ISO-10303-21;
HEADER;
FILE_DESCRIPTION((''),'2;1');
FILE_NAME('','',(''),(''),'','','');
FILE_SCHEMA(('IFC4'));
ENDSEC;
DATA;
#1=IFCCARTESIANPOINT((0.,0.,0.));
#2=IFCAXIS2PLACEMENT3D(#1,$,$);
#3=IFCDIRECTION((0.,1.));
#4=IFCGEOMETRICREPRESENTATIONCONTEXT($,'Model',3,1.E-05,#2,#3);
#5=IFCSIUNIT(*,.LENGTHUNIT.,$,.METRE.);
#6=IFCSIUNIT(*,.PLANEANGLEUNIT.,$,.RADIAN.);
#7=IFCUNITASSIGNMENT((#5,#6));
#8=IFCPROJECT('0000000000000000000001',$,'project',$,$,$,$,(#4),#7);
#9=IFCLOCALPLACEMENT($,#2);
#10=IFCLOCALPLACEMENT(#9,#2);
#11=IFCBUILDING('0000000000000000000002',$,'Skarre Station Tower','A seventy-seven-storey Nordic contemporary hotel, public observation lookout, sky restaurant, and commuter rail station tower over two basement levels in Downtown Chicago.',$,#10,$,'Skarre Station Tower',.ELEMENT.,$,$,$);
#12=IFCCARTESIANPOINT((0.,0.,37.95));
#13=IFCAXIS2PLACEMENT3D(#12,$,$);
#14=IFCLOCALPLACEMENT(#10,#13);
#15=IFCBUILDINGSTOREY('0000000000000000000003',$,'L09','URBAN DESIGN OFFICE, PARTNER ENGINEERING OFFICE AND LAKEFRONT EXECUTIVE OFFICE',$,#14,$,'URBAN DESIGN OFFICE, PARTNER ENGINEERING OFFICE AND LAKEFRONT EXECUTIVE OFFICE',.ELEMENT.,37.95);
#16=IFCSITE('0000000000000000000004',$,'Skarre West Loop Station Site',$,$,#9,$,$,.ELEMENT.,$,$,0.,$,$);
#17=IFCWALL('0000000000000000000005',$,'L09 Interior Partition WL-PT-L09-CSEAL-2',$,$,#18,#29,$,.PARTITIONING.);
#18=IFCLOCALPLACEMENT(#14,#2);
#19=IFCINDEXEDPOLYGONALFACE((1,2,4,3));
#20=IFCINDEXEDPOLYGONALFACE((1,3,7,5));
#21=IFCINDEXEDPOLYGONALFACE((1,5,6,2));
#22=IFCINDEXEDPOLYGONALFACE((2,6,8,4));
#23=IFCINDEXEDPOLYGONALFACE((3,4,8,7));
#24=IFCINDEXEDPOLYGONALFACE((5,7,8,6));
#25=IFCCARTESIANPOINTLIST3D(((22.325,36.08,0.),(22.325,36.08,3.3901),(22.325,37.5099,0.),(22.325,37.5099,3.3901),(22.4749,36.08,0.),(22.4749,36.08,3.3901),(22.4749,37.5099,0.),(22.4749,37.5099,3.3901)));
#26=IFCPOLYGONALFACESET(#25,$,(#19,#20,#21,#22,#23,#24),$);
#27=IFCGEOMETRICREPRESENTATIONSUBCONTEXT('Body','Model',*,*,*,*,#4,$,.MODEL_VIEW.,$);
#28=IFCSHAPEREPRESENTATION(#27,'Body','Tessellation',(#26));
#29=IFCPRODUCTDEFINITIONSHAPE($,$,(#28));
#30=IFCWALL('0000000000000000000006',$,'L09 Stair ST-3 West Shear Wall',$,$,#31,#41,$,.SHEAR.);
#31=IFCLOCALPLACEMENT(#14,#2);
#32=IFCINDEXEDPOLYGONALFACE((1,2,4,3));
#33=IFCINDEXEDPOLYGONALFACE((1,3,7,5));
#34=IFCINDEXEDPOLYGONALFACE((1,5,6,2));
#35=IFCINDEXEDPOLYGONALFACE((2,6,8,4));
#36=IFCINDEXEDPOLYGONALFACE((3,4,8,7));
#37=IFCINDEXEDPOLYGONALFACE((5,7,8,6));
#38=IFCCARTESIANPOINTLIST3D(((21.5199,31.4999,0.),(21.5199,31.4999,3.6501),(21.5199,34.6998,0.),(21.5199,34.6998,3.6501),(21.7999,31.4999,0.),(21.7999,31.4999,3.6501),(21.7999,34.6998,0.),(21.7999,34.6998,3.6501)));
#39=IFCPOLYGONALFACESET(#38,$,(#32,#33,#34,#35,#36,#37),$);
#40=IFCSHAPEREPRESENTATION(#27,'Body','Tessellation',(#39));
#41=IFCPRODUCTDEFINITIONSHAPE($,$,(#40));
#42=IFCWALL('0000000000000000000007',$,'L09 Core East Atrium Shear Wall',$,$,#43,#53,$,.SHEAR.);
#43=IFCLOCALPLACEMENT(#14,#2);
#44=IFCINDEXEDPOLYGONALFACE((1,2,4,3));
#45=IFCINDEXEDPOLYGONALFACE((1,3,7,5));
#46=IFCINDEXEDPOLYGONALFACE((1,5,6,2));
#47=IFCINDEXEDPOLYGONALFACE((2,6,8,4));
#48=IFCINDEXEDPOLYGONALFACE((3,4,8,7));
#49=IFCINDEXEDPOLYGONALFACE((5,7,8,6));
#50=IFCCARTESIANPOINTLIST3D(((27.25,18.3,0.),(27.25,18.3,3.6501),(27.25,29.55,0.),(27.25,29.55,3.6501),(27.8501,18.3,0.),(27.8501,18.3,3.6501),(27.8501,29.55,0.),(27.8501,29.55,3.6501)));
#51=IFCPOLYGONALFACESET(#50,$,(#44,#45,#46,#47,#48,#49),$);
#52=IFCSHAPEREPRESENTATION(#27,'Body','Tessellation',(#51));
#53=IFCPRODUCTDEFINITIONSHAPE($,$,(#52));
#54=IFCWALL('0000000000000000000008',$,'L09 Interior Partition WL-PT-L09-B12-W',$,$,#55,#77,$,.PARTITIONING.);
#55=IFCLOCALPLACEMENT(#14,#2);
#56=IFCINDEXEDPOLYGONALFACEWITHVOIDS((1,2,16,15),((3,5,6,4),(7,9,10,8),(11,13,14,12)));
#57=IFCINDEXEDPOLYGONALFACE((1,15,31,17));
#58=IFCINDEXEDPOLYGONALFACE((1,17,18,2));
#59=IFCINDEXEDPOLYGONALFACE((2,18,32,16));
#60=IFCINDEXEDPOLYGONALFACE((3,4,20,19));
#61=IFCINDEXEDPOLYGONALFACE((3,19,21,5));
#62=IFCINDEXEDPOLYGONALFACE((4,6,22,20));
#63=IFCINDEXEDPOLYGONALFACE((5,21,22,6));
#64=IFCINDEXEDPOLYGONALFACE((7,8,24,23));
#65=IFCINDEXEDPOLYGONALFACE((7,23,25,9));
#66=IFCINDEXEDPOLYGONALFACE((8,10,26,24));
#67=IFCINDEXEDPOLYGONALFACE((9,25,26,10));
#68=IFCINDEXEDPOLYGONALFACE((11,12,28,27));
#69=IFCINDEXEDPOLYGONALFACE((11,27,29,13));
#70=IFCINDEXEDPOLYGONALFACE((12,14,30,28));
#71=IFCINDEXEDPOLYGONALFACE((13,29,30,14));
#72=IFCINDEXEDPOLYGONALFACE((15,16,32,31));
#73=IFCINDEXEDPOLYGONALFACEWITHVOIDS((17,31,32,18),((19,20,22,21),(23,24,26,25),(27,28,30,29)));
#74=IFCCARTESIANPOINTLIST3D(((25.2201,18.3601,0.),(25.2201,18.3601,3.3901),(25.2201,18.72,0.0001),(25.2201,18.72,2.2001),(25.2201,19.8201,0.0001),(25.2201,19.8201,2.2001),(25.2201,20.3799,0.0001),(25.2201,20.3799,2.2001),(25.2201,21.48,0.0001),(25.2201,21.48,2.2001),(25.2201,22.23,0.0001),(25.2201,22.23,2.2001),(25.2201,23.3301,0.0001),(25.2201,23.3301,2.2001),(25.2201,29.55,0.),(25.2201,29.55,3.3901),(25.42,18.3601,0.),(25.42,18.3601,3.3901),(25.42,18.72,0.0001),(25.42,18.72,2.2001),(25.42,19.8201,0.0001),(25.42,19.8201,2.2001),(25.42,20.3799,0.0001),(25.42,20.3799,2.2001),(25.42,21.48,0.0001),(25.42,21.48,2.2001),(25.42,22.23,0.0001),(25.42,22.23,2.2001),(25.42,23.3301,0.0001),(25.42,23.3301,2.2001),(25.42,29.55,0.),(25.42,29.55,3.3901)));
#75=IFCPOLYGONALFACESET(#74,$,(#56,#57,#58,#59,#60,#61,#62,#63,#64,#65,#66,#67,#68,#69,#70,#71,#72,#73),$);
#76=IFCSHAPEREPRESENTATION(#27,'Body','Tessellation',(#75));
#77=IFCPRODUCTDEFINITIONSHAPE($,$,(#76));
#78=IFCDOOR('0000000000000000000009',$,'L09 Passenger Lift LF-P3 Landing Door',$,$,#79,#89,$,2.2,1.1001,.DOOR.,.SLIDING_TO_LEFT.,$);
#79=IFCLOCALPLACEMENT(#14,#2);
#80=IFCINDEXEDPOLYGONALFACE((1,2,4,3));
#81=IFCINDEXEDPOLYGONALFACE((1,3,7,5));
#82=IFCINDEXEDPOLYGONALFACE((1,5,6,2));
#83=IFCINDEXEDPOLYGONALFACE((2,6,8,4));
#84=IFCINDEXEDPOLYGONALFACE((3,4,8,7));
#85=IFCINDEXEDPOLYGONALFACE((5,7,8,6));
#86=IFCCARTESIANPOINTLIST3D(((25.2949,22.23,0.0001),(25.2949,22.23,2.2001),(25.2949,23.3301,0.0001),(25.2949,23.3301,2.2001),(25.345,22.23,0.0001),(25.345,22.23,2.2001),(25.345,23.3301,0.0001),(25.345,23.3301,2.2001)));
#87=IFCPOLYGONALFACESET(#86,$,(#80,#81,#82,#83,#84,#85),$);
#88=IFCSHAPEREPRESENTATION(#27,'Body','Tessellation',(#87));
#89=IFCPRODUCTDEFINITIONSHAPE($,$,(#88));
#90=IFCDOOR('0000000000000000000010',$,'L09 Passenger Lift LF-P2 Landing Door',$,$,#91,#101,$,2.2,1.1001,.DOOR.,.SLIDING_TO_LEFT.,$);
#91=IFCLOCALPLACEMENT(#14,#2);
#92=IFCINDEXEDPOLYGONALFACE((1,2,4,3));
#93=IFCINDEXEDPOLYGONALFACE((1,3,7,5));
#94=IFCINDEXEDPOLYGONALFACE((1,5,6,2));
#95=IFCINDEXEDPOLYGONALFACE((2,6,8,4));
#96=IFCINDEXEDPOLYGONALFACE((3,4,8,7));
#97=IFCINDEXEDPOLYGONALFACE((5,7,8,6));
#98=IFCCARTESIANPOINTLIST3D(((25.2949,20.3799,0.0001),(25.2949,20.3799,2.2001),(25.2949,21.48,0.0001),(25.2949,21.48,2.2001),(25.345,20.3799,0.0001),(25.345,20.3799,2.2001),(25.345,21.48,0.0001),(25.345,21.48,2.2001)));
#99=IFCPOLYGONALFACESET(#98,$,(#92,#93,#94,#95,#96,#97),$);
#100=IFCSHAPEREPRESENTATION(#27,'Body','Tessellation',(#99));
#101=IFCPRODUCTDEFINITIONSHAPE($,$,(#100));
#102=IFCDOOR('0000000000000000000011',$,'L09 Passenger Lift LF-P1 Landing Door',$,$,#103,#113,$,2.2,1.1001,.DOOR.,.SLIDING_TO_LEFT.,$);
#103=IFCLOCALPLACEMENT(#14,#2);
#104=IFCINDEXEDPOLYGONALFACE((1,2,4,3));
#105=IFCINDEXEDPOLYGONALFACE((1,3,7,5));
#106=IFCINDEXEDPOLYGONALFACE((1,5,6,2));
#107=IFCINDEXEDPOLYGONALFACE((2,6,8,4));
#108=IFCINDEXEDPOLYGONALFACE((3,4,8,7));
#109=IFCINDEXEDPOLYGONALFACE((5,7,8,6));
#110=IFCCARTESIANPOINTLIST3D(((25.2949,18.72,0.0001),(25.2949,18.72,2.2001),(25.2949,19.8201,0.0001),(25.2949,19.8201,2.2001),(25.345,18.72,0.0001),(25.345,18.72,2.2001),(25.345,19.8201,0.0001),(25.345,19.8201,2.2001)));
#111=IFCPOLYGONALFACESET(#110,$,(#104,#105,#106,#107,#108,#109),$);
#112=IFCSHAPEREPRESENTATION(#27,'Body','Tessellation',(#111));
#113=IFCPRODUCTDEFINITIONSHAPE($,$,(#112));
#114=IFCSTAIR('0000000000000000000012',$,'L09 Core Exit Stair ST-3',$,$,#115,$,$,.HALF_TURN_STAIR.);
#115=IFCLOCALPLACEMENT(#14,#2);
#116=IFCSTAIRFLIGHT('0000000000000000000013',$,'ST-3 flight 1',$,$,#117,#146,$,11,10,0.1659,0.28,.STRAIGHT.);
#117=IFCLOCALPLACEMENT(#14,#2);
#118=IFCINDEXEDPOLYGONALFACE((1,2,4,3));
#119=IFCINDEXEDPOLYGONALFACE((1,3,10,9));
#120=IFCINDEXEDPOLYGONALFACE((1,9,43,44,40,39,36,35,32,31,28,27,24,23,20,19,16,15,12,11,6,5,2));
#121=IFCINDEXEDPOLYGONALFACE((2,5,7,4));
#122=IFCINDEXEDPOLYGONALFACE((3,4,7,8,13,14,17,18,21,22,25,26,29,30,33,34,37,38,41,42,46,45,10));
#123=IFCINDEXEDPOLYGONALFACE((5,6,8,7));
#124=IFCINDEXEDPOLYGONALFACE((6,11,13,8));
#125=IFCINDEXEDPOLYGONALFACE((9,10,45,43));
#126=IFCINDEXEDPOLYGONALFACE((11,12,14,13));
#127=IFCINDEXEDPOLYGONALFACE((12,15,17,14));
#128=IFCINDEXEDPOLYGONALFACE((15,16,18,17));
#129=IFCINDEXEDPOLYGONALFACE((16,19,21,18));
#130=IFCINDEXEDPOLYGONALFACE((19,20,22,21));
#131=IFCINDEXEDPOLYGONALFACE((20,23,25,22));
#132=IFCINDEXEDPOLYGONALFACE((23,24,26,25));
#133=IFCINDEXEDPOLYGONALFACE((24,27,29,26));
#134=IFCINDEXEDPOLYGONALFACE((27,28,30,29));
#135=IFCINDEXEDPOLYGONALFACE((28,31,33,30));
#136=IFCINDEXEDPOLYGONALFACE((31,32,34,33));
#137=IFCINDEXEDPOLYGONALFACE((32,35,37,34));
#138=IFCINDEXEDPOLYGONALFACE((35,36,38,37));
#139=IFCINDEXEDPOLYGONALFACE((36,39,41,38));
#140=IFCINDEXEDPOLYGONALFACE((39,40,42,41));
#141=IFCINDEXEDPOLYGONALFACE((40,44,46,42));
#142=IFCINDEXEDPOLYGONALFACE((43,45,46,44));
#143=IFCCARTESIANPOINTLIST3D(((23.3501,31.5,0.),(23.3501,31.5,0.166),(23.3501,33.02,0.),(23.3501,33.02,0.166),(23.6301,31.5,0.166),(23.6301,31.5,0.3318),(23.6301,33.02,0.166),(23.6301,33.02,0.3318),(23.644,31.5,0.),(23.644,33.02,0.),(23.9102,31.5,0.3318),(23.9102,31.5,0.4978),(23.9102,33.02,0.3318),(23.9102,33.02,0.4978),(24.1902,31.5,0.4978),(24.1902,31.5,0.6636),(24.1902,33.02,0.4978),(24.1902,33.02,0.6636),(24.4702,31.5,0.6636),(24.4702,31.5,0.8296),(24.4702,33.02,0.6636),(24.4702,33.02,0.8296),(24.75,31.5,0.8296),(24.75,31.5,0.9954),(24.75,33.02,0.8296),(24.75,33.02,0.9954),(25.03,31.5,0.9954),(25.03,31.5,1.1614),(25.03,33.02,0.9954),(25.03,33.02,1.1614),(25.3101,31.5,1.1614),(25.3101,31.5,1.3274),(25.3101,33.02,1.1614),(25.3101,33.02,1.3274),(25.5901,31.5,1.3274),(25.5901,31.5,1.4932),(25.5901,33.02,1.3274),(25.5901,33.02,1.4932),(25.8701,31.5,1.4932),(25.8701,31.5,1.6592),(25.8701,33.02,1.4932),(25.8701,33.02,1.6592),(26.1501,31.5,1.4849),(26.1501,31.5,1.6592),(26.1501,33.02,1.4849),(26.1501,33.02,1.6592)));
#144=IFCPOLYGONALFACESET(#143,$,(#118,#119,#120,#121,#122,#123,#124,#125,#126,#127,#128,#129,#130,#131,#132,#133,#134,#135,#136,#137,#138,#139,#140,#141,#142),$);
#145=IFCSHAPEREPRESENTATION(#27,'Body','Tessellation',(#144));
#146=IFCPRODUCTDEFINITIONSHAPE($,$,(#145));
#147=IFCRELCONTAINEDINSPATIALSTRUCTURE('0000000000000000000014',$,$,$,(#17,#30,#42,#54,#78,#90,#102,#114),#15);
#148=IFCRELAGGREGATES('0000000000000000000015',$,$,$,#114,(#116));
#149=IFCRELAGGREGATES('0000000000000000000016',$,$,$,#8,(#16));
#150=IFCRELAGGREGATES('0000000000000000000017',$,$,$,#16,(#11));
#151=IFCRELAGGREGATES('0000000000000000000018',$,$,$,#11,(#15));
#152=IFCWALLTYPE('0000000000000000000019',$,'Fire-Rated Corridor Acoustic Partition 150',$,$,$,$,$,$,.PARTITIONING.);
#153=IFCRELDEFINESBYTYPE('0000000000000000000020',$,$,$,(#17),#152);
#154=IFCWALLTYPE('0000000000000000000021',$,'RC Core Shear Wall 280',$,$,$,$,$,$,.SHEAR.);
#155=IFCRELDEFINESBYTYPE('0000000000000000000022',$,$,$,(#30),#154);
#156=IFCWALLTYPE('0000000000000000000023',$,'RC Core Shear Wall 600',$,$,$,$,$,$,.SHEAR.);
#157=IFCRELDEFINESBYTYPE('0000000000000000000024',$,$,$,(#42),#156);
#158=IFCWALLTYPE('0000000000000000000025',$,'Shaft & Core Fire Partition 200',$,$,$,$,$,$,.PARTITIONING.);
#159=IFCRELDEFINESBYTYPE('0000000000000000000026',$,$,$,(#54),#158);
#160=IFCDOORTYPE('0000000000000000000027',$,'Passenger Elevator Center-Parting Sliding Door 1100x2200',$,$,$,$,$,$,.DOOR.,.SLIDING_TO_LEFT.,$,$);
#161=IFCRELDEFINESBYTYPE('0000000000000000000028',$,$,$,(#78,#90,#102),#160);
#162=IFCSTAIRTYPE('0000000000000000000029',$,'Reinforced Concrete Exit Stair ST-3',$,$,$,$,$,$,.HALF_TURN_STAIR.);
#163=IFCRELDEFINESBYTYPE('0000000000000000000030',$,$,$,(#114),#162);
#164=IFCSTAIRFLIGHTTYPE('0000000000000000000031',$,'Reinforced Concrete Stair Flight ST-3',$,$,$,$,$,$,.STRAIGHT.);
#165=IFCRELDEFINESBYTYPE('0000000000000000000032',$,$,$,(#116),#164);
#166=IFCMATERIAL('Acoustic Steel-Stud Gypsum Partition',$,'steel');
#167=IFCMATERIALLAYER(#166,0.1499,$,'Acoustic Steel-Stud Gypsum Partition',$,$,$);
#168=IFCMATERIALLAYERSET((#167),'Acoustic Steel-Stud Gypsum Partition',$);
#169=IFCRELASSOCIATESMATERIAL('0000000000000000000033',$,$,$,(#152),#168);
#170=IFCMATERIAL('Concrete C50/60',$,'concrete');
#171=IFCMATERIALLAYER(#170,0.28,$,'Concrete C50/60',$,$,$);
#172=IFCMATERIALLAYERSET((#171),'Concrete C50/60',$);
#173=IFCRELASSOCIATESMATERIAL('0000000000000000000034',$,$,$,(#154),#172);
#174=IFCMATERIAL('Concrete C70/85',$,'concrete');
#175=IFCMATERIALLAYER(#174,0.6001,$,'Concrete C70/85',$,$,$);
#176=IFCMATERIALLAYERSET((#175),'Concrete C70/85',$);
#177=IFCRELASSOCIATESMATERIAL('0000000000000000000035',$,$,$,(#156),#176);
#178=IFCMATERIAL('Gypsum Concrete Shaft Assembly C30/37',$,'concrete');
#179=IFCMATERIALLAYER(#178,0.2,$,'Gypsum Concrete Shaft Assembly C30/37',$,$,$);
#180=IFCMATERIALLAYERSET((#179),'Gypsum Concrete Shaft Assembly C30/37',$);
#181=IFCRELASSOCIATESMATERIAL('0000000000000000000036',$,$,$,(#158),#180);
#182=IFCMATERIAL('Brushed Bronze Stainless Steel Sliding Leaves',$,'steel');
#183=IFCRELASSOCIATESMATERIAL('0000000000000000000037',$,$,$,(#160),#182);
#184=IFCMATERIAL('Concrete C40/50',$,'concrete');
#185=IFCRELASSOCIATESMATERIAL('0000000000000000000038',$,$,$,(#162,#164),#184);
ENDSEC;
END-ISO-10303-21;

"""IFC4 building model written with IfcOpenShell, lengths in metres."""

from ifc_helpers import new_model, si_unit, direction, frame, frame_2d, origin, place, context, subcontext, project, spatial, polyline, rectangle, outline, extrude, material, layer, layer_set, type_object, element, fill, aggregate, save


model = new_model("IFC4")

# Units and contexts
model_context = context("Model", 3, precision=1e-05, world=origin(), true_north=direction((0.0, 1.0)))
body_context = subcontext(model_context, "Body", "Model", "MODEL_VIEW")
ifc_project = project(units=[si_unit("LENGTHUNIT", "METRE"), si_unit("PLANEANGLEUNIT", "RADIAN")], contexts=[model_context])

# Site, building, storey
site_placement = place(None, origin())
site = spatial("IfcSite", under=ifc_project, at=site_placement, Name="Skarre West Loop Station Site", CompositionType="ELEMENT", RefElevation=0.0)
building_placement = place(site_placement, origin())
building = spatial("IfcBuilding", under=site, at=building_placement, Name="Skarre Station Tower", Description="A seventy-seven-storey Nordic contemporary hotel, public observation lookout, sky restaurant, and commuter rail station tower over two basement levels in Downtown Chicago.", LongName="Skarre Station Tower", CompositionType="ELEMENT")
storey_placement = place(building_placement, frame((0.0, 0.0, 37.95)))
storey = spatial("IfcBuildingStorey", under=building, at=storey_placement, Name="L09", Description="URBAN DESIGN OFFICE, PARTNER ENGINEERING OFFICE AND LAKEFRONT EXECUTIVE OFFICE", LongName="URBAN DESIGN OFFICE, PARTNER ENGINEERING OFFICE AND LAKEFRONT EXECUTIVE OFFICE", CompositionType="ELEMENT", Elevation=37.95)

# Walls
ifc_material_1 = material(Name="Acoustic Steel-Stud Gypsum Partition", Category="steel")
ifc_layer_1 = layer(ifc_material_1, 0.1499, Name="Acoustic Steel-Stud Gypsum Partition")
ifc_layer_set_1 = layer_set([ifc_layer_1], Name="Acoustic Steel-Stud Gypsum Partition")
wall_type_1 = type_object("IfcWallType", Name="Fire-Rated Corridor Acoustic Partition 150", PredefinedType="PARTITIONING", material=ifc_layer_set_1)
wall_1_placement = place(storey_placement, frame((22.3999, 36.0801, 0.0), z_axis=(0.0, 0.0, 1.0), x_axis=(0.0, 1.0, 0.0)))
element("IfcWall", 1, at=wall_1_placement, inside=storey, type_object=wall_type_1, Name="L09 Interior Partition WL-PT-L09-CSEAL-2", PredefinedType="PARTITIONING", context=body_context, shape_type="SweptSolid", body=[
    extrude(rectangle(XDim=1.4299, YDim=0.1499, at=frame_2d((0.7148, 0.0))), origin(), (0.0, 0.0, 1.0), 3.3901),
])
ifc_material_2 = material(Name="Concrete C50/60", Category="concrete")
ifc_layer_2 = layer(ifc_material_2, 0.28, Name="Concrete C50/60")
ifc_layer_set_2 = layer_set([ifc_layer_2], Name="Concrete C50/60")
wall_type_2 = type_object("IfcWallType", Name="RC Core Shear Wall 280", PredefinedType="SHEAR", material=ifc_layer_set_2)
wall_2_placement = place(storey_placement, frame((21.6599, 34.7, 0.0), z_axis=(0.0, 0.0, 1.0), x_axis=(0.0, -1.0, 0.0)))
element("IfcWall", 2, at=wall_2_placement, inside=storey, type_object=wall_type_2, Name="L09 Stair ST-3 West Shear Wall", PredefinedType="SHEAR", context=body_context, shape_type="SweptSolid", body=[
    extrude(rectangle(XDim=3.2, YDim=0.28, at=frame_2d((1.6001, 0.0))), origin(), (0.0, 0.0, 1.0), 3.6501),
])
ifc_material_3 = material(Name="Concrete C70/85", Category="concrete")
ifc_layer_3 = layer(ifc_material_3, 0.6001, Name="Concrete C70/85")
ifc_layer_set_3 = layer_set([ifc_layer_3], Name="Concrete C70/85")
wall_type_3 = type_object("IfcWallType", Name="RC Core Shear Wall 600", PredefinedType="SHEAR", material=ifc_layer_set_3)
wall_3_placement = place(storey_placement, frame((27.55, 29.55, 0.0), z_axis=(0.0, 0.0, 1.0), x_axis=(0.0, -1.0, 0.0)))
element("IfcWall", 3, at=wall_3_placement, inside=storey, type_object=wall_type_3, Name="L09 Core East Atrium Shear Wall", PredefinedType="SHEAR", context=body_context, shape_type="SweptSolid", body=[
    extrude(rectangle(XDim=11.25, YDim=0.6001, at=frame_2d((5.625, 0.0))), origin(), (0.0, 0.0, 1.0), 3.6501),
])

# Wall, openings, doors
ifc_material_4 = material(Name="Gypsum Concrete Shaft Assembly C30/37", Category="concrete")
ifc_layer_4 = layer(ifc_material_4, 0.2, Name="Gypsum Concrete Shaft Assembly C30/37")
ifc_layer_set_4 = layer_set([ifc_layer_4], Name="Gypsum Concrete Shaft Assembly C30/37")
wall_type_4 = type_object("IfcWallType", Name="Shaft & Core Fire Partition 200", PredefinedType="PARTITIONING", material=ifc_layer_set_4)
wall_4_placement = place(storey_placement, frame((25.3201, 29.55, 0.0), z_axis=(0.0, 0.0, 1.0), x_axis=(0.0, -1.0, 0.0)))
wall_4 = element("IfcWall", 4, at=wall_4_placement, inside=storey, type_object=wall_type_4, Name="L09 Interior Partition WL-PT-L09-B12-W", PredefinedType="PARTITIONING", context=body_context, shape_type="SweptSolid", body=[
    extrude(rectangle(XDim=11.1899, YDim=0.2, at=frame_2d((5.595, 0.0))), origin(), (0.0, 0.0, 1.0), 3.3901),
])
opening_1_placement = place(wall_4_placement, frame((6.22, 0.0, 0.0)))
opening_1 = element("IfcOpeningElement", 5, at=opening_1_placement, cuts=wall_4, PredefinedType="OPENING", context=body_context, shape_type="SweptSolid", body=[
    extrude(rectangle(XDim=1.1001, YDim=2.2, at=frame_2d((0.55, 1.1001))), frame((0.0, 0.1099, 0.0), z_axis=(0.0, -1.0, 0.0), x_axis=(1.0, 0.0, 0.0)), (0.0, 0.0, 1.0), 0.22),
])
opening_2_placement = place(wall_4_placement, frame((8.0701, 0.0, 0.0)))
opening_2 = element("IfcOpeningElement", 6, at=opening_2_placement, cuts=wall_4, PredefinedType="OPENING", context=body_context, shape_type="SweptSolid", body=[
    extrude(rectangle(XDim=1.1001, YDim=2.2, at=frame_2d((0.55, 1.1001))), frame((0.0, 0.1099, 0.0), z_axis=(0.0, -1.0, 0.0), x_axis=(1.0, 0.0, 0.0)), (0.0, 0.0, 1.0), 0.22),
])
opening_3_placement = place(wall_4_placement, frame((9.73, 0.0, 0.0)))
opening_3 = element("IfcOpeningElement", 7, at=opening_3_placement, cuts=wall_4, PredefinedType="OPENING", context=body_context, shape_type="SweptSolid", body=[
    extrude(rectangle(XDim=1.1001, YDim=2.2, at=frame_2d((0.55, 1.1001))), frame((0.0, 0.1099, 0.0), z_axis=(0.0, -1.0, 0.0), x_axis=(1.0, 0.0, 0.0)), (0.0, 0.0, 1.0), 0.22),
])
ifc_material_5 = material(Name="Brushed Bronze Stainless Steel Sliding Leaves", Category="steel")
door_type = type_object("IfcDoorType", Name="Passenger Elevator Center-Parting Sliding Door 1100x2200", OperationType="SLIDING_TO_LEFT", PredefinedType="DOOR", material=ifc_material_5)
door_1_placement = place(opening_1_placement, origin())
door_1 = element("IfcDoor", 8, at=door_1_placement, inside=storey, type_object=door_type, Name="L09 Passenger Lift LF-P3 Landing Door", OperationType="SLIDING_TO_LEFT", OverallHeight=2.2, OverallWidth=1.1001, PredefinedType="DOOR", context=body_context, shape_type="SweptSolid", body=[
    extrude(rectangle(XDim=1.1001, YDim=2.2, at=frame_2d((0.55, 1.1001))), frame((0.0, 0.0249, 0.0), z_axis=(0.0, -1.0, 0.0), x_axis=(1.0, 0.0, 0.0)), (0.0, 0.0, 1.0), 0.05),
])
fill(opening_1, door_1)
door_2_placement = place(opening_2_placement, origin())
door_2 = element("IfcDoor", 9, at=door_2_placement, inside=storey, type_object=door_type, Name="L09 Passenger Lift LF-P2 Landing Door", OperationType="SLIDING_TO_LEFT", OverallHeight=2.2, OverallWidth=1.1001, PredefinedType="DOOR", context=body_context, shape_type="SweptSolid", body=[
    extrude(rectangle(XDim=1.1001, YDim=2.2, at=frame_2d((0.55, 1.1001))), frame((0.0, 0.0249, 0.0), z_axis=(0.0, -1.0, 0.0), x_axis=(1.0, 0.0, 0.0)), (0.0, 0.0, 1.0), 0.05),
])
fill(opening_2, door_2)
door_3_placement = place(opening_3_placement, origin())
door_3 = element("IfcDoor", 10, at=door_3_placement, inside=storey, type_object=door_type, Name="L09 Passenger Lift LF-P1 Landing Door", OperationType="SLIDING_TO_LEFT", OverallHeight=2.2, OverallWidth=1.1001, PredefinedType="DOOR", context=body_context, shape_type="SweptSolid", body=[
    extrude(rectangle(XDim=1.1001, YDim=2.2, at=frame_2d((0.55, 1.1001))), frame((0.0, 0.0249, 0.0), z_axis=(0.0, -1.0, 0.0), x_axis=(1.0, 0.0, 0.0)), (0.0, 0.0, 1.0), 0.05),
])
fill(opening_3, door_3)

# Stair, stair flight
ifc_material_6 = material(Name="Concrete C40/50", Category="concrete")
stair_type = type_object("IfcStairType", Name="Reinforced Concrete Exit Stair ST-3", PredefinedType="HALF_TURN_STAIR", material=ifc_material_6)
stair_placement = place(storey_placement, origin())
stair = element("IfcStair", 11, at=stair_placement, inside=storey, type_object=stair_type, Name="L09 Core Exit Stair ST-3", PredefinedType="HALF_TURN_STAIR")
stair_flight_type = type_object("IfcStairFlightType", Name="Reinforced Concrete Stair Flight ST-3", PredefinedType="STRAIGHT", material=ifc_material_6)
stair_flight_1_placement = place(storey_placement, frame((23.3501, 32.26, 0.0), z_axis=(0.0, 0.0, 1.0), x_axis=(1.0, 0.0, 0.0)))
stair_flight_1 = element("IfcStairFlight", 12, at=stair_flight_1_placement, type_object=stair_flight_type, Name="ST-3 flight 1", NumberOfRisers=11, NumberOfTreads=10, PredefinedType="STRAIGHT", RiserHeight=0.1659, TreadLength=0.28, context=body_context, shape_type="SweptSolid", body=[
    extrude(outline(polyline([(0.0, 0.0), (0.0, 0.166), (0.28, 0.166), (0.28, 0.3318), (0.5601, 0.3318), (0.5601, 0.4978), (0.8401, 0.4978), (0.8401, 0.6636), (1.1201, 0.6636), (1.1201, 0.8296), (1.3999, 0.8296), (1.3999, 0.9954), (1.6799, 0.9954), (1.6799, 1.1614), (1.96, 1.1614), (1.96, 1.3274), (2.24, 1.3274), (2.24, 1.4932), (2.52, 1.4932), (2.52, 1.6592), (2.8, 1.6592), (2.8, 1.825), (2.8, 1.4849), (0.2939, 0.0), (0.0, 0.0)])), frame((0.0, 0.76, 0.0), z_axis=(0.0, -1.0, 0.0), x_axis=(1.0, 0.0, 0.0)), (0.0, 0.0, 1.0), 1.52),
])
aggregate(stair, [stair_flight_1])

save(model, "model.ifc")
